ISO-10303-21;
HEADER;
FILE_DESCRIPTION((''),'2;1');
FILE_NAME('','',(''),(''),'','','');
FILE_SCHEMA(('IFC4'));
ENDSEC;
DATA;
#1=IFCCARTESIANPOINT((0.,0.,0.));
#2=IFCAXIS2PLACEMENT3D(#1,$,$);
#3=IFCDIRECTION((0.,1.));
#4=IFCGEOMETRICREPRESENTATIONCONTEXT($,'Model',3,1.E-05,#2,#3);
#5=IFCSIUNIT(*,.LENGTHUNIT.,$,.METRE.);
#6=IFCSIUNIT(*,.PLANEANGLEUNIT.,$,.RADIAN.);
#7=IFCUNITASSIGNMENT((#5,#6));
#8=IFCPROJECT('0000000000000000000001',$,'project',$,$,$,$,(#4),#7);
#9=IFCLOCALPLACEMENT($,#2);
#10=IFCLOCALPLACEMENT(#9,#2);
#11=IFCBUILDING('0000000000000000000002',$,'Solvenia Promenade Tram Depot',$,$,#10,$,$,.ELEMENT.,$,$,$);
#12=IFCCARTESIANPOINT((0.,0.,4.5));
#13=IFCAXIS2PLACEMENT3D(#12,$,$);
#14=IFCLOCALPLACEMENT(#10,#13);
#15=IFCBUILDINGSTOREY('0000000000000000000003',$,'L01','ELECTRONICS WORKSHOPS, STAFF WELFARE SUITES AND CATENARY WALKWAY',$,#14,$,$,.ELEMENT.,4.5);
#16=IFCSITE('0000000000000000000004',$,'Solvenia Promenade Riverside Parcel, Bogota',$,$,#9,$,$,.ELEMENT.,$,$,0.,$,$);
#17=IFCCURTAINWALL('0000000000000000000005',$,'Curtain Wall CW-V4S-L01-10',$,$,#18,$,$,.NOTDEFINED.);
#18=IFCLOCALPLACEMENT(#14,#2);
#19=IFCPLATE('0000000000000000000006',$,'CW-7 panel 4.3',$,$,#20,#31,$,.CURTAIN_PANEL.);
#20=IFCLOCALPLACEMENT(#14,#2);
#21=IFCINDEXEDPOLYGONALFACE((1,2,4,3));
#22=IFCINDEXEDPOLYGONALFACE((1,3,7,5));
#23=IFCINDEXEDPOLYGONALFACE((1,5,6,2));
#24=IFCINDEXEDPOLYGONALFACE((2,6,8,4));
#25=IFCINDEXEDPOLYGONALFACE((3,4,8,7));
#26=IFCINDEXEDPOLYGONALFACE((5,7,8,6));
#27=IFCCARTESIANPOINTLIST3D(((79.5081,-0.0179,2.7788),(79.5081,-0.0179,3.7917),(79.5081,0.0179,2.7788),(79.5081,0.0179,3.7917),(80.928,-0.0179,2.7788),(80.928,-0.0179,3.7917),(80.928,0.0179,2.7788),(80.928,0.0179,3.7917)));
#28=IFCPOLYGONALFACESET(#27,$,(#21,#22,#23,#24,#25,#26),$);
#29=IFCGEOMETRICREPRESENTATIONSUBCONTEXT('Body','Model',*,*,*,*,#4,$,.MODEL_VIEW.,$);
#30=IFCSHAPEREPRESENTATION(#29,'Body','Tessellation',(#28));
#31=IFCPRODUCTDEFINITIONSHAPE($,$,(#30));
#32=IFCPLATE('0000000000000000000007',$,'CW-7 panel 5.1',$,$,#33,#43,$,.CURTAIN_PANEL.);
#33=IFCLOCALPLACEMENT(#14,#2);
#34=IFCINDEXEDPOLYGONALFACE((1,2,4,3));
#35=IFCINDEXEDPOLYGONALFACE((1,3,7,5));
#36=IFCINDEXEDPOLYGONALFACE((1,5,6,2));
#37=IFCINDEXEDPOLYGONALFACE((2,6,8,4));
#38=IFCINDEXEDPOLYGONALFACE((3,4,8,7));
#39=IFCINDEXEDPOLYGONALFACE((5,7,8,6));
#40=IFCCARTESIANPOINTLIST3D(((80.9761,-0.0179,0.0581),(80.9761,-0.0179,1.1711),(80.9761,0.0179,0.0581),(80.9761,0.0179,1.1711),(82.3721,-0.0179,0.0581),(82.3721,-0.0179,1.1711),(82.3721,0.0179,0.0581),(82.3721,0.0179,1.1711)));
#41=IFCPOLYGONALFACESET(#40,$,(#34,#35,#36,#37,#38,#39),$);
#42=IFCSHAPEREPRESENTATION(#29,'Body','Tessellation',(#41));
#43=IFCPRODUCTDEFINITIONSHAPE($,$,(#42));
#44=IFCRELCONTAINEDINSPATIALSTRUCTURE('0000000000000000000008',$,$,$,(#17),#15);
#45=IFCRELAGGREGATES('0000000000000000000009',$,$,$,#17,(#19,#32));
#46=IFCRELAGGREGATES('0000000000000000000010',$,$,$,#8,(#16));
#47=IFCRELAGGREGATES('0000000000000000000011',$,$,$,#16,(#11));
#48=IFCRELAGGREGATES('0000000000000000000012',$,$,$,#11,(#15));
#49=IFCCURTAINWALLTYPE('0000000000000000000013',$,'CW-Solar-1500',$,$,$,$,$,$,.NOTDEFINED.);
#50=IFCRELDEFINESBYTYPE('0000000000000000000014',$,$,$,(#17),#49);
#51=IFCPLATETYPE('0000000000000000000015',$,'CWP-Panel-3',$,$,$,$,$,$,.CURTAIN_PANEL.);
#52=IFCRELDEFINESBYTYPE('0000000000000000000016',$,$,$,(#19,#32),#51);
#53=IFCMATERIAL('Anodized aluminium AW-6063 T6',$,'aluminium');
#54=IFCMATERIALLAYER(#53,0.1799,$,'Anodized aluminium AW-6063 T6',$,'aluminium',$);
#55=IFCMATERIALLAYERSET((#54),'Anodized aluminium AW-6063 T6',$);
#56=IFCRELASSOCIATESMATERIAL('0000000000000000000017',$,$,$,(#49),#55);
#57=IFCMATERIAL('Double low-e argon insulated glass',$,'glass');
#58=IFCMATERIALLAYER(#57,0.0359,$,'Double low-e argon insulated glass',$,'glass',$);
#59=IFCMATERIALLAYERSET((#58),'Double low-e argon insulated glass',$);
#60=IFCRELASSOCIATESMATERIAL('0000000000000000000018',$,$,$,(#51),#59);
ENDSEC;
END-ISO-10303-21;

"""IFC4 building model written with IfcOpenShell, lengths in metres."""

from ifc_helpers import new_model, si_unit, direction, frame, origin, origin_2d, place, context, subcontext, project, spatial, rectangle, extrude, material, layer, layer_set, type_object, element, aggregate, save


model = new_model("IFC4")

# Units and contexts
model_context = context("Model", 3, precision=1e-05, world=origin(), true_north=direction((0.0, 1.0)))
body_context = subcontext(model_context, "Body", "Model", "MODEL_VIEW")
ifc_project = project(units=[si_unit("LENGTHUNIT", "METRE"), si_unit("PLANEANGLEUNIT", "RADIAN")], contexts=[model_context])

# Site, building, storey
site_placement = place(None, origin())
site = spatial("IfcSite", under=ifc_project, at=site_placement, Name="Solvenia Promenade Riverside Parcel, Bogota", CompositionType="ELEMENT", RefElevation=0.0)
building_placement = place(site_placement, origin())
building = spatial("IfcBuilding", under=site, at=building_placement, Name="Solvenia Promenade Tram Depot", CompositionType="ELEMENT")
storey_placement = place(building_placement, frame((0.0, 0.0, 4.5)))
storey = spatial("IfcBuildingStorey", under=building, at=storey_placement, Name="L01", Description="ELECTRONICS WORKSHOPS, STAFF WELFARE SUITES AND CATENARY WALKWAY", CompositionType="ELEMENT", Elevation=4.5)

# Curtain wall, plates
ifc_material_1 = material(Name="Anodized aluminium AW-6063 T6", Category="aluminium")
ifc_layer_1 = layer(ifc_material_1, 0.1799, Name="Anodized aluminium AW-6063 T6", Category="aluminium")
ifc_layer_set_1 = layer_set([ifc_layer_1], Name="Anodized aluminium AW-6063 T6")
curtain_wall_type = type_object("IfcCurtainWallType", Name="CW-Solar-1500", PredefinedType="NOTDEFINED", material=ifc_layer_set_1)
curtain_wall_placement = place(storey_placement, origin())
curtain_wall = element("IfcCurtainWall", 1, at=curtain_wall_placement, inside=storey, type_object=curtain_wall_type, Name="Curtain Wall CW-V4S-L01-10", PredefinedType="NOTDEFINED")
ifc_material_2 = material(Name="Double low-e argon insulated glass", Category="glass")
ifc_layer_2 = layer(ifc_material_2, 0.0359, Name="Double low-e argon insulated glass", Category="glass")
ifc_layer_set_2 = layer_set([ifc_layer_2], Name="Double low-e argon insulated glass")
plate_type = type_object("IfcPlateType", Name="CWP-Panel-3", PredefinedType="CURTAIN_PANEL", material=ifc_layer_set_2)
plate_1_placement = place(storey_placement, frame((80.218, 0.0, 2.7788), z_axis=(0.0, 0.0, 1.0), x_axis=(1.0, 0.0, 0.0)))
plate_1 = element("IfcPlate", 2, at=plate_1_placement, type_object=plate_type, Name="CW-7 panel 4.3", PredefinedType="CURTAIN_PANEL", context=body_context, shape_type="SweptSolid", body=[
    extrude(rectangle(XDim=1.4199, YDim=0.0359, at=origin_2d()), origin(), (0.0, 0.0, 1.0), 1.0129),
])
plate_2_placement = place(storey_placement, frame((81.6741, 0.0, 0.0581), z_axis=(0.0, 0.0, 1.0), x_axis=(1.0, 0.0, 0.0)))
plate_2 = element("IfcPlate", 3, at=plate_2_placement, type_object=plate_type, Name="CW-7 panel 5.1", PredefinedType="CURTAIN_PANEL", context=body_context, shape_type="SweptSolid", body=[
    extrude(rectangle(XDim=1.396, YDim=0.0359, at=origin_2d()), origin(), (0.0, 0.0, 1.0), 1.113),
])
aggregate(curtain_wall, [plate_1, plate_2])

save(model, "model.ifc")
